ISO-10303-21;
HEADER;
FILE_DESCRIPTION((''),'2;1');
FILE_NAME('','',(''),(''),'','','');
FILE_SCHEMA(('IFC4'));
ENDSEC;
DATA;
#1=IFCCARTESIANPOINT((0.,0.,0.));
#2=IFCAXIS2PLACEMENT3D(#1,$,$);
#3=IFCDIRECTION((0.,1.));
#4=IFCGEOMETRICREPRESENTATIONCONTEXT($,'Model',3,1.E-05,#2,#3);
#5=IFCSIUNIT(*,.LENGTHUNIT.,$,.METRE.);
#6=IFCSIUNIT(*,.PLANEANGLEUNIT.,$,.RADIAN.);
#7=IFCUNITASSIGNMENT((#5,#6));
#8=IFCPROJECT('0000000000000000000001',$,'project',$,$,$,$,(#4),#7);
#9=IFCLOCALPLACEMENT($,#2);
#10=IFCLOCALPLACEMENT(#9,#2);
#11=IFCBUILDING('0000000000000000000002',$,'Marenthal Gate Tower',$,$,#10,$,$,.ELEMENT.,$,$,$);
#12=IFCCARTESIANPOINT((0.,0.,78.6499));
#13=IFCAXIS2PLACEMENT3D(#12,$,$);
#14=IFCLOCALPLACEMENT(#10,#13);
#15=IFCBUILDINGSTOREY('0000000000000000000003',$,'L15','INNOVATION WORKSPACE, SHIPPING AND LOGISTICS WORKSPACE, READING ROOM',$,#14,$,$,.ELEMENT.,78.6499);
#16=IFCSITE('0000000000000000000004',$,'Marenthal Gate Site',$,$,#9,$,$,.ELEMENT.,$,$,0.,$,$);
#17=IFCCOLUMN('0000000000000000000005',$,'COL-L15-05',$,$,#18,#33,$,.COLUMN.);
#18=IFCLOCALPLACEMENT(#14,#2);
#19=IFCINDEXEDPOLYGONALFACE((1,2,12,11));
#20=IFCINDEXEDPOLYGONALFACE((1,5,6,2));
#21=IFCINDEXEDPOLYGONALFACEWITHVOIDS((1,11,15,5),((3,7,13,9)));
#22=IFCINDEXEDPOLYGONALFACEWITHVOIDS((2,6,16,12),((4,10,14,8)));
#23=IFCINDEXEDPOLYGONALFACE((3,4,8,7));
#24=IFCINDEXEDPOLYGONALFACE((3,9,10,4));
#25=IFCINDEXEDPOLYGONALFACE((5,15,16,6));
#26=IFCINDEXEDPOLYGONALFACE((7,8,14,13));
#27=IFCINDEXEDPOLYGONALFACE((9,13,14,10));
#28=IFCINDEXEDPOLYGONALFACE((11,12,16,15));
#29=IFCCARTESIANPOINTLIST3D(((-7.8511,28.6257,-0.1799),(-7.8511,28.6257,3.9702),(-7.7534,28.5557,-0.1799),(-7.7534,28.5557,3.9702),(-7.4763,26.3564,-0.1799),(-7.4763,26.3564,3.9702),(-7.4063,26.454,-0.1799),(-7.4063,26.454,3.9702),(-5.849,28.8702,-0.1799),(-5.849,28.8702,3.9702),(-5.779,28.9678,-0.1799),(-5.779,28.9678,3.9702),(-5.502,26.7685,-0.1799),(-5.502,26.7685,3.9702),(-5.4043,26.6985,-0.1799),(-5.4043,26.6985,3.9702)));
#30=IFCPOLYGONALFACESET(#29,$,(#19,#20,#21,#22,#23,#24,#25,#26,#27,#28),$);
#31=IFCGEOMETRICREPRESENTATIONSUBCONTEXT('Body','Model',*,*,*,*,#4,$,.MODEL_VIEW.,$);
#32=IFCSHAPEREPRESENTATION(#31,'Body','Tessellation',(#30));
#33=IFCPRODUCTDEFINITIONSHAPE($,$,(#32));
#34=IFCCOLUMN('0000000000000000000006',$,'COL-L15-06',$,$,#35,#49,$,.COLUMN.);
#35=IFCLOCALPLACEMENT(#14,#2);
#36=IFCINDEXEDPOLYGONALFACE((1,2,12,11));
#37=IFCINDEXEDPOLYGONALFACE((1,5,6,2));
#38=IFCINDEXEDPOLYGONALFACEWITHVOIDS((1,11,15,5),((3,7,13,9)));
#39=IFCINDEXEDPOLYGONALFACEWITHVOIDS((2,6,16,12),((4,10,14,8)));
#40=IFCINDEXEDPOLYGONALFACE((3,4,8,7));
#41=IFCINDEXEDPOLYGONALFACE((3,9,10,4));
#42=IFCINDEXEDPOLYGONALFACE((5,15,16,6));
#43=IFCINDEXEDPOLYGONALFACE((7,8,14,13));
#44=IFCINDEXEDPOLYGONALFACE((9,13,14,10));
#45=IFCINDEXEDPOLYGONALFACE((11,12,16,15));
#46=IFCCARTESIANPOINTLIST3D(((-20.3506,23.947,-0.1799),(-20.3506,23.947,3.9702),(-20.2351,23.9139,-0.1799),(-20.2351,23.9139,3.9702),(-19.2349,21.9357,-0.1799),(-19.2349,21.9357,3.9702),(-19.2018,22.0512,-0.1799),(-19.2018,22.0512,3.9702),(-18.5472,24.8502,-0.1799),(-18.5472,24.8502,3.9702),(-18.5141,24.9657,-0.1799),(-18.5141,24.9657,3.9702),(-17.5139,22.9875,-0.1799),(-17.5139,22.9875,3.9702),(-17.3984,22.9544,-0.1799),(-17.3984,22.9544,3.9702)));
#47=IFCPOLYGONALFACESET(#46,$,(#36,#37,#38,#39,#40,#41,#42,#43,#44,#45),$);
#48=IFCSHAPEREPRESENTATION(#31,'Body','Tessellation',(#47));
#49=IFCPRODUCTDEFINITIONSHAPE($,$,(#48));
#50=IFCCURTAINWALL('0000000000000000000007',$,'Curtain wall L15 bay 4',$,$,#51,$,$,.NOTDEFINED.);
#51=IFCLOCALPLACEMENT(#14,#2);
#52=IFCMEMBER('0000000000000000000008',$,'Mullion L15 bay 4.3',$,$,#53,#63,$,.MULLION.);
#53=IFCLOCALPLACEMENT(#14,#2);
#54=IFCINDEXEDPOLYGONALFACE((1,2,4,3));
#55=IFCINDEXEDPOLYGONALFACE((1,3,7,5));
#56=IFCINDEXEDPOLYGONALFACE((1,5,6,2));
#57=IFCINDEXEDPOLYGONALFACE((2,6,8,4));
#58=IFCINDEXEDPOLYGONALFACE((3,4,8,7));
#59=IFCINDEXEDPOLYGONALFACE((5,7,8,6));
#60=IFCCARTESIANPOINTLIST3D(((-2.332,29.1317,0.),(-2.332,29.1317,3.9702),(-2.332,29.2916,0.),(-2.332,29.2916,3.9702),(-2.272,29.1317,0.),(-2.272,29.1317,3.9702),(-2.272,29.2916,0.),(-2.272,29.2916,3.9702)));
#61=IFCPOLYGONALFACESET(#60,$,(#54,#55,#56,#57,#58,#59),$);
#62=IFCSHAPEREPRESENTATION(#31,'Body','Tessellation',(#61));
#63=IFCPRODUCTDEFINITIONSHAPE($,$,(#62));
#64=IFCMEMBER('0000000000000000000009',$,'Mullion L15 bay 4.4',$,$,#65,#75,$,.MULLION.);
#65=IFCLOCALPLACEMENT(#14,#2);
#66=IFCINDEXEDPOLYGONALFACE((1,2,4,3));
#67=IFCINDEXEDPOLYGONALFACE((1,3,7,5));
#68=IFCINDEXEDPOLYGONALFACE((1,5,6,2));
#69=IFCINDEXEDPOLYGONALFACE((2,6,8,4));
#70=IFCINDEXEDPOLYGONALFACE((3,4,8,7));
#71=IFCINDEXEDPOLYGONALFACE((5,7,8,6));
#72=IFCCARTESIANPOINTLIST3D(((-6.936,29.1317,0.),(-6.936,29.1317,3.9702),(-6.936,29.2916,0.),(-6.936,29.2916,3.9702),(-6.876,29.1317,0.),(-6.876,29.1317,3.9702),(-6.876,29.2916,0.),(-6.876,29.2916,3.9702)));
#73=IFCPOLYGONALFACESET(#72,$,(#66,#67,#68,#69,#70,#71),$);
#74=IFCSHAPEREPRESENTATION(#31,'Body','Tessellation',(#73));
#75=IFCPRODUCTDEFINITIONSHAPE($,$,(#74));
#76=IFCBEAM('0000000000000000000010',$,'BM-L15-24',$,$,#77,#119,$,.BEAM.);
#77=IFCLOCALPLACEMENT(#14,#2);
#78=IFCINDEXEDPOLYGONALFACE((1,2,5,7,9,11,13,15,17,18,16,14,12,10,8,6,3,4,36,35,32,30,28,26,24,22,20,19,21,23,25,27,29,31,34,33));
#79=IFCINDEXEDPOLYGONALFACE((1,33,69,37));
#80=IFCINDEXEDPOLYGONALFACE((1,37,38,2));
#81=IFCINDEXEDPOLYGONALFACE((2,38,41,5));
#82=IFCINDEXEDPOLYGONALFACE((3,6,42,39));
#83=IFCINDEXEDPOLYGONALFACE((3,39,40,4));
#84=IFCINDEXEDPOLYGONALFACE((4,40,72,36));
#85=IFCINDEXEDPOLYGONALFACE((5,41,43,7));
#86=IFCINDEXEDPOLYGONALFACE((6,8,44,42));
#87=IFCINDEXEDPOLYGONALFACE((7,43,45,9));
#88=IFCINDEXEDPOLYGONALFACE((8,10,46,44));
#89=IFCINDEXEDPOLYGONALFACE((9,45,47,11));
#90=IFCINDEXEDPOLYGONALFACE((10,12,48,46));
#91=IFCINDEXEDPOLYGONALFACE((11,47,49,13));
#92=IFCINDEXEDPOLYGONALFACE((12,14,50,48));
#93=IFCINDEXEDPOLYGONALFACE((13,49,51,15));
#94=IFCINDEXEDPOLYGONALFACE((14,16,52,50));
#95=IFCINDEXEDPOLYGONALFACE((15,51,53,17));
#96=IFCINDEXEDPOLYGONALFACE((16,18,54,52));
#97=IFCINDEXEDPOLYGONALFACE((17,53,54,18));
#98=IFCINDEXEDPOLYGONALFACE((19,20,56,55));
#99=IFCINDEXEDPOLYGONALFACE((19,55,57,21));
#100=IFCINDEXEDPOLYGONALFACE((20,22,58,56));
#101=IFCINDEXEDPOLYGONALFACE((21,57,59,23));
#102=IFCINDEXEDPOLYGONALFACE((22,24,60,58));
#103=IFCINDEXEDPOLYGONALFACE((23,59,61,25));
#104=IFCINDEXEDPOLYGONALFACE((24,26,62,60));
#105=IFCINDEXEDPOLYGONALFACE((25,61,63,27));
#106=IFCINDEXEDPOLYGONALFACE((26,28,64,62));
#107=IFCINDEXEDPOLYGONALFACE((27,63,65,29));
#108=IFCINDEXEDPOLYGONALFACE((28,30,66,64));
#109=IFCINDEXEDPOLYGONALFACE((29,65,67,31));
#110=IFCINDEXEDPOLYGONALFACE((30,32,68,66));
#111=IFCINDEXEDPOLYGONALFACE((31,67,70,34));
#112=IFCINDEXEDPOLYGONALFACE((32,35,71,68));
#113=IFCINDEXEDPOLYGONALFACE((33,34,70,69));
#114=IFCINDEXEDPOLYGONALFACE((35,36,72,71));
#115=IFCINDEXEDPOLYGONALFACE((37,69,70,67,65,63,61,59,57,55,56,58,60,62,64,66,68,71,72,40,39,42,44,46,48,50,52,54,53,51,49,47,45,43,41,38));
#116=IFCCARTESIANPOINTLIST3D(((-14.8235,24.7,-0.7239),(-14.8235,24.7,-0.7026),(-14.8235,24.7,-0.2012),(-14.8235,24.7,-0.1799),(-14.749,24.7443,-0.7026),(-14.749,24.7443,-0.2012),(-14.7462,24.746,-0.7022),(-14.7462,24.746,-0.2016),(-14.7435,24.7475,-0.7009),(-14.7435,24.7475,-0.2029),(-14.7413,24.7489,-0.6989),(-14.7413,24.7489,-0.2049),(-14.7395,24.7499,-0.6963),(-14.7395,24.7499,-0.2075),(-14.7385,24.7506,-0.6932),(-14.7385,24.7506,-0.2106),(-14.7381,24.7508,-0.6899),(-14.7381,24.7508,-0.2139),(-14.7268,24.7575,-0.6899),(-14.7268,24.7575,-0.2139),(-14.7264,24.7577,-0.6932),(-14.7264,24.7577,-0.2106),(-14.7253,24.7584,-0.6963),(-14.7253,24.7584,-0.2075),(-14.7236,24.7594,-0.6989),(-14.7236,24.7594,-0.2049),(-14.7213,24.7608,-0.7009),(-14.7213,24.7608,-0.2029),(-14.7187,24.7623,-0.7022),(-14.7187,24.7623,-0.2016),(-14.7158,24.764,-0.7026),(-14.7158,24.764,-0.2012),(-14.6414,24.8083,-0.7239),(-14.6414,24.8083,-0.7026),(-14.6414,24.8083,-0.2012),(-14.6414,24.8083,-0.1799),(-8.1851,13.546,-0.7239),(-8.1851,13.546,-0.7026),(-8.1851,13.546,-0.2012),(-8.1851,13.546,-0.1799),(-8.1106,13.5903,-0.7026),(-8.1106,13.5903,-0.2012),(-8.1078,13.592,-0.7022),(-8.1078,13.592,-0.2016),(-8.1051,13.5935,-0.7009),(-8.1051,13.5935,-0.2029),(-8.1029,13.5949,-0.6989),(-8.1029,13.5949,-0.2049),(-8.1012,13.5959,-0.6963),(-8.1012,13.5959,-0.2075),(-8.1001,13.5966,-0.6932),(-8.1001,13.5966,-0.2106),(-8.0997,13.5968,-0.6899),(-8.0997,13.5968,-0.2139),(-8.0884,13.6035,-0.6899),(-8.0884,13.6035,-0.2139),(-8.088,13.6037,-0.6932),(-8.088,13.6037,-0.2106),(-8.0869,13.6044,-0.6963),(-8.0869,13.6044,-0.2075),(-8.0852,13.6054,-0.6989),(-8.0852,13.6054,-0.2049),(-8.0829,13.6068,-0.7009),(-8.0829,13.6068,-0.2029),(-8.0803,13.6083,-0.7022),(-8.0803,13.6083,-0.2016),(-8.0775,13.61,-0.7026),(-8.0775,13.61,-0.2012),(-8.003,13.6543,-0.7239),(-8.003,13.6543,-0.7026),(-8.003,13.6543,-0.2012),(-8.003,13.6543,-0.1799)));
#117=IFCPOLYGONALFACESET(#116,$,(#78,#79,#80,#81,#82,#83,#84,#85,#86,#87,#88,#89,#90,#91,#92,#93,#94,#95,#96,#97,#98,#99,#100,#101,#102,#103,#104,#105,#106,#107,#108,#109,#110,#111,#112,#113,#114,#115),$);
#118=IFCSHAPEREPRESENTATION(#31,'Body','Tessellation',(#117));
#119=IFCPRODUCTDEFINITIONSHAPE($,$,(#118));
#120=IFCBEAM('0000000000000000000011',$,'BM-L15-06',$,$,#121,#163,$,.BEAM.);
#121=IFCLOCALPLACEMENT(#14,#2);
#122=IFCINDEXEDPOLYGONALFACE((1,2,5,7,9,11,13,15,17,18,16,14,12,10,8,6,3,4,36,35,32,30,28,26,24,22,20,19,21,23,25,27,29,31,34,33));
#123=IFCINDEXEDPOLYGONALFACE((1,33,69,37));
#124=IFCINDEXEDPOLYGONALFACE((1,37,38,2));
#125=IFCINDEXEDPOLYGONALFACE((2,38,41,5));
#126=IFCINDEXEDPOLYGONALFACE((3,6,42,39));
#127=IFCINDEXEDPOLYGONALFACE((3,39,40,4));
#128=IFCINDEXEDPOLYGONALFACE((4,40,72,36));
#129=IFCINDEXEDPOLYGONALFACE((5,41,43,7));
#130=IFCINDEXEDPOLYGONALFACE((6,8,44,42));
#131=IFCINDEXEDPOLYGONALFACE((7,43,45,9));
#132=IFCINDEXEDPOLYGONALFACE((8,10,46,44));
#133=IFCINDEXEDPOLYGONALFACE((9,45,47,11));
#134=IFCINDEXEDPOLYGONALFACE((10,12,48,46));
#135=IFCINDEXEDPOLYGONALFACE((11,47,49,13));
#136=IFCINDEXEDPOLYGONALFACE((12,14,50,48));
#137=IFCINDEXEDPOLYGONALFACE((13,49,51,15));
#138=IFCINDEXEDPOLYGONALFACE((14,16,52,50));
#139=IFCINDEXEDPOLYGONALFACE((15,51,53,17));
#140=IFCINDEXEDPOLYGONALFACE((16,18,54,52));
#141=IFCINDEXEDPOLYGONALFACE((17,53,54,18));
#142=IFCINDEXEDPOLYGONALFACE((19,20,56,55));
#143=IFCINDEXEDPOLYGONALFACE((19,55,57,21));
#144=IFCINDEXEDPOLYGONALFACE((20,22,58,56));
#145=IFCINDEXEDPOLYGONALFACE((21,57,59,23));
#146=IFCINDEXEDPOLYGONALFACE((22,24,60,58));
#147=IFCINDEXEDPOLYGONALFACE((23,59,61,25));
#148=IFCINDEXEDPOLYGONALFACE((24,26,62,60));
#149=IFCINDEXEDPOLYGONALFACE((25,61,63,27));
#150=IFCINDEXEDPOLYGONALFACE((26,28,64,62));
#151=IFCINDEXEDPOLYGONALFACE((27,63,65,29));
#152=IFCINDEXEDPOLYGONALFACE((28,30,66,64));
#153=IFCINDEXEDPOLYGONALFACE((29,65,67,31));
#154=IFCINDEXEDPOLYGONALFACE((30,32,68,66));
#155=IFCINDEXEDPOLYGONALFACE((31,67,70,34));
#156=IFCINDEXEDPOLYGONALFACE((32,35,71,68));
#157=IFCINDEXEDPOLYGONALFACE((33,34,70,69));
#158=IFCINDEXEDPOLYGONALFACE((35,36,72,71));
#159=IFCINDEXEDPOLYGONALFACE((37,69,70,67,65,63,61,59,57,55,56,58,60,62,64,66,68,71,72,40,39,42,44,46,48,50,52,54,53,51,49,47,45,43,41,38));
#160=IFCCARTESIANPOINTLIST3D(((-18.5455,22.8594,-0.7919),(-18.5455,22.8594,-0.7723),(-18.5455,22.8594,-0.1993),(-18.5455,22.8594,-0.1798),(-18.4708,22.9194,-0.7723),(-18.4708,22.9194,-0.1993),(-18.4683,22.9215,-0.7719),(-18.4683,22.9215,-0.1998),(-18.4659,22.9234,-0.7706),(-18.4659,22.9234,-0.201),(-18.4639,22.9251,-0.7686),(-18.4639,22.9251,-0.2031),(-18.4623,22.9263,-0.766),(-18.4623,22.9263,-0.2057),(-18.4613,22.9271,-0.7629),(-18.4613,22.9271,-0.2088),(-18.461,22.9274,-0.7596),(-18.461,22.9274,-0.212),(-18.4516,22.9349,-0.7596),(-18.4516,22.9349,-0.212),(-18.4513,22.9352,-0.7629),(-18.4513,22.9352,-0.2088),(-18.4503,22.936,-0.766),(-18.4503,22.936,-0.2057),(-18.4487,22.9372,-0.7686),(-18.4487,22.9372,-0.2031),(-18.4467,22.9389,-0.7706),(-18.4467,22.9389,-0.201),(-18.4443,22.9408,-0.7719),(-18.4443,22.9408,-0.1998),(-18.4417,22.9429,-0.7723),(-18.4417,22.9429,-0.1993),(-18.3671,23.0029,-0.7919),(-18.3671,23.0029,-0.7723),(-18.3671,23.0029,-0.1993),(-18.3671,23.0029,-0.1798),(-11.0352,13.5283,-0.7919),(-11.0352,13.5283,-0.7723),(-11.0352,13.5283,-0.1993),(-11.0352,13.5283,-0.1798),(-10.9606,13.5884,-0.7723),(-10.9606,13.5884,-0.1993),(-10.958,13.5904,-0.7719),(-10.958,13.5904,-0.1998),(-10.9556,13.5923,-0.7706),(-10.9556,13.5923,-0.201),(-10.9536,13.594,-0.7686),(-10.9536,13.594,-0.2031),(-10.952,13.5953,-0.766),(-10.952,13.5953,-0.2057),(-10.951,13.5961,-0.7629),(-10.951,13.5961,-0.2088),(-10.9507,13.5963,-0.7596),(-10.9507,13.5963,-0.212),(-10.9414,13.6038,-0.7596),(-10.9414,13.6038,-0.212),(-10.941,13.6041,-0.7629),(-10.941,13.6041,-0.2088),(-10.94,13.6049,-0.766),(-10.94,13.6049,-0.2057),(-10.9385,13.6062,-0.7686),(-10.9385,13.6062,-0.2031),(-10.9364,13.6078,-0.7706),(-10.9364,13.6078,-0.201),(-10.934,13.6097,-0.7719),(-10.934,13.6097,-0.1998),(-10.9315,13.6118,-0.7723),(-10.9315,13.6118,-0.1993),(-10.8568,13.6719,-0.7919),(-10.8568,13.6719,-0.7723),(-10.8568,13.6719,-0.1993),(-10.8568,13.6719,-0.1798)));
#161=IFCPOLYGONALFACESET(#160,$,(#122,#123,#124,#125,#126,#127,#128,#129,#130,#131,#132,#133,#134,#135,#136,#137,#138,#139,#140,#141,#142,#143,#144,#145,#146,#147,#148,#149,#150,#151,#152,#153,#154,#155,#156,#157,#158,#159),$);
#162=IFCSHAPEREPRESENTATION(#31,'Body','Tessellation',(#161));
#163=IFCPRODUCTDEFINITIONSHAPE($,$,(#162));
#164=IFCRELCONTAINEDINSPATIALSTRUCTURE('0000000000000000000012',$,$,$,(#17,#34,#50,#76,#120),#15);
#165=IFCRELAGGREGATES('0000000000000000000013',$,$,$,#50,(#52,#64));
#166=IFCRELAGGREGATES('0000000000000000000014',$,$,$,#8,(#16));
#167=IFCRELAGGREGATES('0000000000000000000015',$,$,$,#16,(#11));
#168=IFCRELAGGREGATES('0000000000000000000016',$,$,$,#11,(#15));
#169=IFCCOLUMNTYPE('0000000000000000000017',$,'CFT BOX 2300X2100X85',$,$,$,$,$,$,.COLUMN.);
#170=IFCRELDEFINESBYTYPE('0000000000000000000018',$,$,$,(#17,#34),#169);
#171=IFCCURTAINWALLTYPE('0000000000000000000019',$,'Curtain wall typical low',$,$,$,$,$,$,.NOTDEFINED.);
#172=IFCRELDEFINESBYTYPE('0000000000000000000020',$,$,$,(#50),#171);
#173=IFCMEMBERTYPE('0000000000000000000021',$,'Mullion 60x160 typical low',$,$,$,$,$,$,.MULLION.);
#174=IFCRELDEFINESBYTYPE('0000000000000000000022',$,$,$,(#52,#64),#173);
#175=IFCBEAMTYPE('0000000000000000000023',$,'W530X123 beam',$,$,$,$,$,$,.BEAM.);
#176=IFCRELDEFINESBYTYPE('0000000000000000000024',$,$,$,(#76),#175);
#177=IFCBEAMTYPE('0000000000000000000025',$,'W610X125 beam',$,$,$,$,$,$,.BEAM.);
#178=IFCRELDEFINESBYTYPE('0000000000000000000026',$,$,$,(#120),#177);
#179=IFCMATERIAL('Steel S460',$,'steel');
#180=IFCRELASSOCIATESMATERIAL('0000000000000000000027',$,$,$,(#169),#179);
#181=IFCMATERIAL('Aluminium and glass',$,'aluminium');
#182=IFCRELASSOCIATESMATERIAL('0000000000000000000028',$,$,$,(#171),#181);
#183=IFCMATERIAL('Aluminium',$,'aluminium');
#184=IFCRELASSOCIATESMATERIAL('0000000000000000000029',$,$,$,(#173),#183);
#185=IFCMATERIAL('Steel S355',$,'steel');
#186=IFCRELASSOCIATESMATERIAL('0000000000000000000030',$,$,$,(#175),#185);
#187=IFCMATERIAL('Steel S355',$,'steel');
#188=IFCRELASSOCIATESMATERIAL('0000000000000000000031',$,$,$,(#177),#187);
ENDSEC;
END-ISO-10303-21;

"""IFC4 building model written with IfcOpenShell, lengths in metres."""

from ifc_helpers import new_model, si_unit, direction, frame, origin, origin_2d, place, context, subcontext, project, spatial, rectangle, hollow_rectangle, i_section, extrude, material, material_profile, profile_set, type_object, element, aggregate, save


model = new_model("IFC4")

# Units and contexts
model_context = context("Model", 3, precision=1e-05, world=origin(), true_north=direction((0.0, 1.0)))
body_context = subcontext(model_context, "Body", "Model", "MODEL_VIEW")
ifc_project = project(units=[si_unit("LENGTHUNIT", "METRE"), si_unit("PLANEANGLEUNIT", "RADIAN")], contexts=[model_context])

# Site, building, storey
site_placement = place(None, origin())
site = spatial("IfcSite", under=ifc_project, at=site_placement, Name="Marenthal Gate Site", CompositionType="ELEMENT", RefElevation=0.0)
building_placement = place(site_placement, origin())
building = spatial("IfcBuilding", under=site, at=building_placement, Name="Marenthal Gate Tower", CompositionType="ELEMENT")
storey_placement = place(building_placement, frame((0.0, 0.0, 78.6499)))
storey = spatial("IfcBuildingStorey", under=building, at=storey_placement, Name="L15", Description="INNOVATION WORKSPACE, SHIPPING AND LOGISTICS WORKSPACE, READING ROOM", CompositionType="ELEMENT", Elevation=78.6499)

# Columns
ifc_material_1 = material(Name="Steel S460", Category="steel")
ifc_material_profile_1 = material_profile(ifc_material_1, hollow_rectangle(XDim=2.1001, YDim=2.3, WallThickness=0.085, at=origin_2d()), Name="CFT BOX 2300X2100X85")
ifc_material_2 = material(Name="Concrete 70 MPa", Category="concrete")
ifc_material_profile_2 = material_profile(ifc_material_2, rectangle(XDim=1.9299, YDim=2.1299, at=origin_2d()), Name="CFT BOX 2300X2100X85 INFILL")
ifc_profile_set_1 = profile_set([ifc_material_profile_1, ifc_material_profile_2], Name="Steel S460 shell, Concrete 70 MPa infill")
column_type = type_object("IfcColumnType", Name="CFT BOX 2300X2100X85", PredefinedType="COLUMN", material=ifc_profile_set_1)
for number, where, z_axis, x_axis, name in (
    (1, (-6.6277, 27.6621, -0.1799), (0.0, 0.0, 1.0), (0.986638, 0.162928, 0.0), "COL-L15-05"),
    (2, (-18.8745, 23.4507, -0.1799), (0.0, 0.0, 1.0), (0.874469, 0.485081, 0.0), "COL-L15-06"),
):
    element("IfcColumn", number, at=place(storey_placement, frame(where, z_axis=z_axis, x_axis=x_axis)), inside=storey, type_object=column_type, Name=name, PredefinedType="COLUMN", context=body_context, shape_type="SweptSolid", body=[
        extrude(hollow_rectangle(XDim=2.1001, YDim=2.3, WallThickness=0.085, at=origin_2d()), origin(), (0.0, 0.0, 1.0), 4.1501),
    ])

# Curtain wall, members
ifc_material_3 = material(Name="Aluminium and glass", Category="aluminium")
curtain_wall_type = type_object("IfcCurtainWallType", Name="Curtain wall typical low", PredefinedType="NOTDEFINED", material=ifc_material_3)
curtain_wall_placement = place(storey_placement, origin())
curtain_wall = element("IfcCurtainWall", 3, at=curtain_wall_placement, inside=storey, type_object=curtain_wall_type, Name="Curtain wall L15 bay 4", PredefinedType="NOTDEFINED")
ifc_material_4 = material(Name="Aluminium", Category="aluminium")
ifc_material_profile_3 = material_profile(ifc_material_4, rectangle(XDim=0.1599, YDim=0.0601, at=origin_2d()), Name="60x160 aluminium mullion")
ifc_profile_set_2 = profile_set([ifc_material_profile_3], Name="Aluminium")
member_type = type_object("IfcMemberType", Name="Mullion 60x160 typical low", PredefinedType="MULLION", material=ifc_profile_set_2)
member_1_placement = place(storey_placement, frame((-2.302, 29.2117, 0.0), z_axis=(0.0, 0.0, 1.0), x_axis=(0.0, -1.0, 0.0)))
member_1 = element("IfcMember", 4, at=member_1_placement, type_object=member_type, Name="Mullion L15 bay 4.3", PredefinedType="MULLION", context=body_context, shape_type="SweptSolid", body=[
    extrude(rectangle(XDim=0.1599, YDim=0.0601, at=origin_2d()), origin(), (0.0, 0.0, 1.0), 3.9702),
])
member_2_placement = place(storey_placement, frame((-6.906, 29.2117, 0.0), z_axis=(0.0, 0.0, 1.0), x_axis=(0.0, -1.0, 0.0)))
member_2 = element("IfcMember", 5, at=member_2_placement, type_object=member_type, Name="Mullion L15 bay 4.4", PredefinedType="MULLION", context=body_context, shape_type="SweptSolid", body=[
    extrude(rectangle(XDim=0.1599, YDim=0.0601, at=origin_2d()), origin(), (0.0, 0.0, 1.0), 3.9702),
])

# Beams
ifc_material_5 = material(Name="Steel S355", Category="steel")
ifc_material_profile_4 = material_profile(ifc_material_5, i_section(OverallWidth=0.2119, OverallDepth=0.5439, WebThickness=0.0132, FlangeThickness=0.0212, FilletRadius=0.0127, at=origin_2d()), Name="W530X123")
ifc_profile_set_3 = profile_set([ifc_material_profile_4], Name="Steel S355")
beam_type_1 = type_object("IfcBeamType", Name="W530X123 beam", PredefinedType="BEAM", material=ifc_profile_set_3)
beam_1_placement = place(storey_placement, frame((-14.7324, 24.7542, -0.4519), z_axis=(0.511433, -0.859323, 0.0), x_axis=(0.859323, 0.511433, 0.0)))
element("IfcBeam", 6, at=beam_1_placement, inside=storey, type_object=beam_type_1, Name="BM-L15-24", PredefinedType="BEAM", context=body_context, shape_type="SweptSolid", body=[
    extrude(i_section(OverallWidth=0.2119, OverallDepth=0.5439, WebThickness=0.0132, FlangeThickness=0.0212, FilletRadius=0.0127, at=origin_2d()), origin(), (0.0, 0.0, 1.0), 12.98),
])
ifc_material_6 = material(Name="Steel S355", Category="steel")
ifc_material_profile_5 = material_profile(ifc_material_6, i_section(OverallWidth=0.229, OverallDepth=0.6121, WebThickness=0.012, FlangeThickness=0.0195, FilletRadius=0.0127, at=origin_2d()), Name="W610X125")
ifc_profile_set_4 = profile_set([ifc_material_profile_5], Name="Steel S355")
beam_type_2 = type_object("IfcBeamType", Name="W610X125 beam", PredefinedType="BEAM", material=ifc_profile_set_4)
beam_2_placement = place(storey_placement, frame((-18.4563, 22.9312, -0.4858), z_axis=(0.627004, -0.779016, 0.0), x_axis=(0.779016, 0.627004, 0.0)))
element("IfcBeam", 7, at=beam_2_placement, inside=storey, type_object=beam_type_2, Name="BM-L15-06", PredefinedType="BEAM", context=body_context, shape_type="SweptSolid", body=[
    extrude(i_section(OverallWidth=0.229, OverallDepth=0.6121, WebThickness=0.012, FlangeThickness=0.0195, FilletRadius=0.0127, at=origin_2d()), origin(), (0.0, 0.0, 1.0), 11.978),
])

aggregate(curtain_wall, [member_1, member_2])

save(model, "model.ifc")
